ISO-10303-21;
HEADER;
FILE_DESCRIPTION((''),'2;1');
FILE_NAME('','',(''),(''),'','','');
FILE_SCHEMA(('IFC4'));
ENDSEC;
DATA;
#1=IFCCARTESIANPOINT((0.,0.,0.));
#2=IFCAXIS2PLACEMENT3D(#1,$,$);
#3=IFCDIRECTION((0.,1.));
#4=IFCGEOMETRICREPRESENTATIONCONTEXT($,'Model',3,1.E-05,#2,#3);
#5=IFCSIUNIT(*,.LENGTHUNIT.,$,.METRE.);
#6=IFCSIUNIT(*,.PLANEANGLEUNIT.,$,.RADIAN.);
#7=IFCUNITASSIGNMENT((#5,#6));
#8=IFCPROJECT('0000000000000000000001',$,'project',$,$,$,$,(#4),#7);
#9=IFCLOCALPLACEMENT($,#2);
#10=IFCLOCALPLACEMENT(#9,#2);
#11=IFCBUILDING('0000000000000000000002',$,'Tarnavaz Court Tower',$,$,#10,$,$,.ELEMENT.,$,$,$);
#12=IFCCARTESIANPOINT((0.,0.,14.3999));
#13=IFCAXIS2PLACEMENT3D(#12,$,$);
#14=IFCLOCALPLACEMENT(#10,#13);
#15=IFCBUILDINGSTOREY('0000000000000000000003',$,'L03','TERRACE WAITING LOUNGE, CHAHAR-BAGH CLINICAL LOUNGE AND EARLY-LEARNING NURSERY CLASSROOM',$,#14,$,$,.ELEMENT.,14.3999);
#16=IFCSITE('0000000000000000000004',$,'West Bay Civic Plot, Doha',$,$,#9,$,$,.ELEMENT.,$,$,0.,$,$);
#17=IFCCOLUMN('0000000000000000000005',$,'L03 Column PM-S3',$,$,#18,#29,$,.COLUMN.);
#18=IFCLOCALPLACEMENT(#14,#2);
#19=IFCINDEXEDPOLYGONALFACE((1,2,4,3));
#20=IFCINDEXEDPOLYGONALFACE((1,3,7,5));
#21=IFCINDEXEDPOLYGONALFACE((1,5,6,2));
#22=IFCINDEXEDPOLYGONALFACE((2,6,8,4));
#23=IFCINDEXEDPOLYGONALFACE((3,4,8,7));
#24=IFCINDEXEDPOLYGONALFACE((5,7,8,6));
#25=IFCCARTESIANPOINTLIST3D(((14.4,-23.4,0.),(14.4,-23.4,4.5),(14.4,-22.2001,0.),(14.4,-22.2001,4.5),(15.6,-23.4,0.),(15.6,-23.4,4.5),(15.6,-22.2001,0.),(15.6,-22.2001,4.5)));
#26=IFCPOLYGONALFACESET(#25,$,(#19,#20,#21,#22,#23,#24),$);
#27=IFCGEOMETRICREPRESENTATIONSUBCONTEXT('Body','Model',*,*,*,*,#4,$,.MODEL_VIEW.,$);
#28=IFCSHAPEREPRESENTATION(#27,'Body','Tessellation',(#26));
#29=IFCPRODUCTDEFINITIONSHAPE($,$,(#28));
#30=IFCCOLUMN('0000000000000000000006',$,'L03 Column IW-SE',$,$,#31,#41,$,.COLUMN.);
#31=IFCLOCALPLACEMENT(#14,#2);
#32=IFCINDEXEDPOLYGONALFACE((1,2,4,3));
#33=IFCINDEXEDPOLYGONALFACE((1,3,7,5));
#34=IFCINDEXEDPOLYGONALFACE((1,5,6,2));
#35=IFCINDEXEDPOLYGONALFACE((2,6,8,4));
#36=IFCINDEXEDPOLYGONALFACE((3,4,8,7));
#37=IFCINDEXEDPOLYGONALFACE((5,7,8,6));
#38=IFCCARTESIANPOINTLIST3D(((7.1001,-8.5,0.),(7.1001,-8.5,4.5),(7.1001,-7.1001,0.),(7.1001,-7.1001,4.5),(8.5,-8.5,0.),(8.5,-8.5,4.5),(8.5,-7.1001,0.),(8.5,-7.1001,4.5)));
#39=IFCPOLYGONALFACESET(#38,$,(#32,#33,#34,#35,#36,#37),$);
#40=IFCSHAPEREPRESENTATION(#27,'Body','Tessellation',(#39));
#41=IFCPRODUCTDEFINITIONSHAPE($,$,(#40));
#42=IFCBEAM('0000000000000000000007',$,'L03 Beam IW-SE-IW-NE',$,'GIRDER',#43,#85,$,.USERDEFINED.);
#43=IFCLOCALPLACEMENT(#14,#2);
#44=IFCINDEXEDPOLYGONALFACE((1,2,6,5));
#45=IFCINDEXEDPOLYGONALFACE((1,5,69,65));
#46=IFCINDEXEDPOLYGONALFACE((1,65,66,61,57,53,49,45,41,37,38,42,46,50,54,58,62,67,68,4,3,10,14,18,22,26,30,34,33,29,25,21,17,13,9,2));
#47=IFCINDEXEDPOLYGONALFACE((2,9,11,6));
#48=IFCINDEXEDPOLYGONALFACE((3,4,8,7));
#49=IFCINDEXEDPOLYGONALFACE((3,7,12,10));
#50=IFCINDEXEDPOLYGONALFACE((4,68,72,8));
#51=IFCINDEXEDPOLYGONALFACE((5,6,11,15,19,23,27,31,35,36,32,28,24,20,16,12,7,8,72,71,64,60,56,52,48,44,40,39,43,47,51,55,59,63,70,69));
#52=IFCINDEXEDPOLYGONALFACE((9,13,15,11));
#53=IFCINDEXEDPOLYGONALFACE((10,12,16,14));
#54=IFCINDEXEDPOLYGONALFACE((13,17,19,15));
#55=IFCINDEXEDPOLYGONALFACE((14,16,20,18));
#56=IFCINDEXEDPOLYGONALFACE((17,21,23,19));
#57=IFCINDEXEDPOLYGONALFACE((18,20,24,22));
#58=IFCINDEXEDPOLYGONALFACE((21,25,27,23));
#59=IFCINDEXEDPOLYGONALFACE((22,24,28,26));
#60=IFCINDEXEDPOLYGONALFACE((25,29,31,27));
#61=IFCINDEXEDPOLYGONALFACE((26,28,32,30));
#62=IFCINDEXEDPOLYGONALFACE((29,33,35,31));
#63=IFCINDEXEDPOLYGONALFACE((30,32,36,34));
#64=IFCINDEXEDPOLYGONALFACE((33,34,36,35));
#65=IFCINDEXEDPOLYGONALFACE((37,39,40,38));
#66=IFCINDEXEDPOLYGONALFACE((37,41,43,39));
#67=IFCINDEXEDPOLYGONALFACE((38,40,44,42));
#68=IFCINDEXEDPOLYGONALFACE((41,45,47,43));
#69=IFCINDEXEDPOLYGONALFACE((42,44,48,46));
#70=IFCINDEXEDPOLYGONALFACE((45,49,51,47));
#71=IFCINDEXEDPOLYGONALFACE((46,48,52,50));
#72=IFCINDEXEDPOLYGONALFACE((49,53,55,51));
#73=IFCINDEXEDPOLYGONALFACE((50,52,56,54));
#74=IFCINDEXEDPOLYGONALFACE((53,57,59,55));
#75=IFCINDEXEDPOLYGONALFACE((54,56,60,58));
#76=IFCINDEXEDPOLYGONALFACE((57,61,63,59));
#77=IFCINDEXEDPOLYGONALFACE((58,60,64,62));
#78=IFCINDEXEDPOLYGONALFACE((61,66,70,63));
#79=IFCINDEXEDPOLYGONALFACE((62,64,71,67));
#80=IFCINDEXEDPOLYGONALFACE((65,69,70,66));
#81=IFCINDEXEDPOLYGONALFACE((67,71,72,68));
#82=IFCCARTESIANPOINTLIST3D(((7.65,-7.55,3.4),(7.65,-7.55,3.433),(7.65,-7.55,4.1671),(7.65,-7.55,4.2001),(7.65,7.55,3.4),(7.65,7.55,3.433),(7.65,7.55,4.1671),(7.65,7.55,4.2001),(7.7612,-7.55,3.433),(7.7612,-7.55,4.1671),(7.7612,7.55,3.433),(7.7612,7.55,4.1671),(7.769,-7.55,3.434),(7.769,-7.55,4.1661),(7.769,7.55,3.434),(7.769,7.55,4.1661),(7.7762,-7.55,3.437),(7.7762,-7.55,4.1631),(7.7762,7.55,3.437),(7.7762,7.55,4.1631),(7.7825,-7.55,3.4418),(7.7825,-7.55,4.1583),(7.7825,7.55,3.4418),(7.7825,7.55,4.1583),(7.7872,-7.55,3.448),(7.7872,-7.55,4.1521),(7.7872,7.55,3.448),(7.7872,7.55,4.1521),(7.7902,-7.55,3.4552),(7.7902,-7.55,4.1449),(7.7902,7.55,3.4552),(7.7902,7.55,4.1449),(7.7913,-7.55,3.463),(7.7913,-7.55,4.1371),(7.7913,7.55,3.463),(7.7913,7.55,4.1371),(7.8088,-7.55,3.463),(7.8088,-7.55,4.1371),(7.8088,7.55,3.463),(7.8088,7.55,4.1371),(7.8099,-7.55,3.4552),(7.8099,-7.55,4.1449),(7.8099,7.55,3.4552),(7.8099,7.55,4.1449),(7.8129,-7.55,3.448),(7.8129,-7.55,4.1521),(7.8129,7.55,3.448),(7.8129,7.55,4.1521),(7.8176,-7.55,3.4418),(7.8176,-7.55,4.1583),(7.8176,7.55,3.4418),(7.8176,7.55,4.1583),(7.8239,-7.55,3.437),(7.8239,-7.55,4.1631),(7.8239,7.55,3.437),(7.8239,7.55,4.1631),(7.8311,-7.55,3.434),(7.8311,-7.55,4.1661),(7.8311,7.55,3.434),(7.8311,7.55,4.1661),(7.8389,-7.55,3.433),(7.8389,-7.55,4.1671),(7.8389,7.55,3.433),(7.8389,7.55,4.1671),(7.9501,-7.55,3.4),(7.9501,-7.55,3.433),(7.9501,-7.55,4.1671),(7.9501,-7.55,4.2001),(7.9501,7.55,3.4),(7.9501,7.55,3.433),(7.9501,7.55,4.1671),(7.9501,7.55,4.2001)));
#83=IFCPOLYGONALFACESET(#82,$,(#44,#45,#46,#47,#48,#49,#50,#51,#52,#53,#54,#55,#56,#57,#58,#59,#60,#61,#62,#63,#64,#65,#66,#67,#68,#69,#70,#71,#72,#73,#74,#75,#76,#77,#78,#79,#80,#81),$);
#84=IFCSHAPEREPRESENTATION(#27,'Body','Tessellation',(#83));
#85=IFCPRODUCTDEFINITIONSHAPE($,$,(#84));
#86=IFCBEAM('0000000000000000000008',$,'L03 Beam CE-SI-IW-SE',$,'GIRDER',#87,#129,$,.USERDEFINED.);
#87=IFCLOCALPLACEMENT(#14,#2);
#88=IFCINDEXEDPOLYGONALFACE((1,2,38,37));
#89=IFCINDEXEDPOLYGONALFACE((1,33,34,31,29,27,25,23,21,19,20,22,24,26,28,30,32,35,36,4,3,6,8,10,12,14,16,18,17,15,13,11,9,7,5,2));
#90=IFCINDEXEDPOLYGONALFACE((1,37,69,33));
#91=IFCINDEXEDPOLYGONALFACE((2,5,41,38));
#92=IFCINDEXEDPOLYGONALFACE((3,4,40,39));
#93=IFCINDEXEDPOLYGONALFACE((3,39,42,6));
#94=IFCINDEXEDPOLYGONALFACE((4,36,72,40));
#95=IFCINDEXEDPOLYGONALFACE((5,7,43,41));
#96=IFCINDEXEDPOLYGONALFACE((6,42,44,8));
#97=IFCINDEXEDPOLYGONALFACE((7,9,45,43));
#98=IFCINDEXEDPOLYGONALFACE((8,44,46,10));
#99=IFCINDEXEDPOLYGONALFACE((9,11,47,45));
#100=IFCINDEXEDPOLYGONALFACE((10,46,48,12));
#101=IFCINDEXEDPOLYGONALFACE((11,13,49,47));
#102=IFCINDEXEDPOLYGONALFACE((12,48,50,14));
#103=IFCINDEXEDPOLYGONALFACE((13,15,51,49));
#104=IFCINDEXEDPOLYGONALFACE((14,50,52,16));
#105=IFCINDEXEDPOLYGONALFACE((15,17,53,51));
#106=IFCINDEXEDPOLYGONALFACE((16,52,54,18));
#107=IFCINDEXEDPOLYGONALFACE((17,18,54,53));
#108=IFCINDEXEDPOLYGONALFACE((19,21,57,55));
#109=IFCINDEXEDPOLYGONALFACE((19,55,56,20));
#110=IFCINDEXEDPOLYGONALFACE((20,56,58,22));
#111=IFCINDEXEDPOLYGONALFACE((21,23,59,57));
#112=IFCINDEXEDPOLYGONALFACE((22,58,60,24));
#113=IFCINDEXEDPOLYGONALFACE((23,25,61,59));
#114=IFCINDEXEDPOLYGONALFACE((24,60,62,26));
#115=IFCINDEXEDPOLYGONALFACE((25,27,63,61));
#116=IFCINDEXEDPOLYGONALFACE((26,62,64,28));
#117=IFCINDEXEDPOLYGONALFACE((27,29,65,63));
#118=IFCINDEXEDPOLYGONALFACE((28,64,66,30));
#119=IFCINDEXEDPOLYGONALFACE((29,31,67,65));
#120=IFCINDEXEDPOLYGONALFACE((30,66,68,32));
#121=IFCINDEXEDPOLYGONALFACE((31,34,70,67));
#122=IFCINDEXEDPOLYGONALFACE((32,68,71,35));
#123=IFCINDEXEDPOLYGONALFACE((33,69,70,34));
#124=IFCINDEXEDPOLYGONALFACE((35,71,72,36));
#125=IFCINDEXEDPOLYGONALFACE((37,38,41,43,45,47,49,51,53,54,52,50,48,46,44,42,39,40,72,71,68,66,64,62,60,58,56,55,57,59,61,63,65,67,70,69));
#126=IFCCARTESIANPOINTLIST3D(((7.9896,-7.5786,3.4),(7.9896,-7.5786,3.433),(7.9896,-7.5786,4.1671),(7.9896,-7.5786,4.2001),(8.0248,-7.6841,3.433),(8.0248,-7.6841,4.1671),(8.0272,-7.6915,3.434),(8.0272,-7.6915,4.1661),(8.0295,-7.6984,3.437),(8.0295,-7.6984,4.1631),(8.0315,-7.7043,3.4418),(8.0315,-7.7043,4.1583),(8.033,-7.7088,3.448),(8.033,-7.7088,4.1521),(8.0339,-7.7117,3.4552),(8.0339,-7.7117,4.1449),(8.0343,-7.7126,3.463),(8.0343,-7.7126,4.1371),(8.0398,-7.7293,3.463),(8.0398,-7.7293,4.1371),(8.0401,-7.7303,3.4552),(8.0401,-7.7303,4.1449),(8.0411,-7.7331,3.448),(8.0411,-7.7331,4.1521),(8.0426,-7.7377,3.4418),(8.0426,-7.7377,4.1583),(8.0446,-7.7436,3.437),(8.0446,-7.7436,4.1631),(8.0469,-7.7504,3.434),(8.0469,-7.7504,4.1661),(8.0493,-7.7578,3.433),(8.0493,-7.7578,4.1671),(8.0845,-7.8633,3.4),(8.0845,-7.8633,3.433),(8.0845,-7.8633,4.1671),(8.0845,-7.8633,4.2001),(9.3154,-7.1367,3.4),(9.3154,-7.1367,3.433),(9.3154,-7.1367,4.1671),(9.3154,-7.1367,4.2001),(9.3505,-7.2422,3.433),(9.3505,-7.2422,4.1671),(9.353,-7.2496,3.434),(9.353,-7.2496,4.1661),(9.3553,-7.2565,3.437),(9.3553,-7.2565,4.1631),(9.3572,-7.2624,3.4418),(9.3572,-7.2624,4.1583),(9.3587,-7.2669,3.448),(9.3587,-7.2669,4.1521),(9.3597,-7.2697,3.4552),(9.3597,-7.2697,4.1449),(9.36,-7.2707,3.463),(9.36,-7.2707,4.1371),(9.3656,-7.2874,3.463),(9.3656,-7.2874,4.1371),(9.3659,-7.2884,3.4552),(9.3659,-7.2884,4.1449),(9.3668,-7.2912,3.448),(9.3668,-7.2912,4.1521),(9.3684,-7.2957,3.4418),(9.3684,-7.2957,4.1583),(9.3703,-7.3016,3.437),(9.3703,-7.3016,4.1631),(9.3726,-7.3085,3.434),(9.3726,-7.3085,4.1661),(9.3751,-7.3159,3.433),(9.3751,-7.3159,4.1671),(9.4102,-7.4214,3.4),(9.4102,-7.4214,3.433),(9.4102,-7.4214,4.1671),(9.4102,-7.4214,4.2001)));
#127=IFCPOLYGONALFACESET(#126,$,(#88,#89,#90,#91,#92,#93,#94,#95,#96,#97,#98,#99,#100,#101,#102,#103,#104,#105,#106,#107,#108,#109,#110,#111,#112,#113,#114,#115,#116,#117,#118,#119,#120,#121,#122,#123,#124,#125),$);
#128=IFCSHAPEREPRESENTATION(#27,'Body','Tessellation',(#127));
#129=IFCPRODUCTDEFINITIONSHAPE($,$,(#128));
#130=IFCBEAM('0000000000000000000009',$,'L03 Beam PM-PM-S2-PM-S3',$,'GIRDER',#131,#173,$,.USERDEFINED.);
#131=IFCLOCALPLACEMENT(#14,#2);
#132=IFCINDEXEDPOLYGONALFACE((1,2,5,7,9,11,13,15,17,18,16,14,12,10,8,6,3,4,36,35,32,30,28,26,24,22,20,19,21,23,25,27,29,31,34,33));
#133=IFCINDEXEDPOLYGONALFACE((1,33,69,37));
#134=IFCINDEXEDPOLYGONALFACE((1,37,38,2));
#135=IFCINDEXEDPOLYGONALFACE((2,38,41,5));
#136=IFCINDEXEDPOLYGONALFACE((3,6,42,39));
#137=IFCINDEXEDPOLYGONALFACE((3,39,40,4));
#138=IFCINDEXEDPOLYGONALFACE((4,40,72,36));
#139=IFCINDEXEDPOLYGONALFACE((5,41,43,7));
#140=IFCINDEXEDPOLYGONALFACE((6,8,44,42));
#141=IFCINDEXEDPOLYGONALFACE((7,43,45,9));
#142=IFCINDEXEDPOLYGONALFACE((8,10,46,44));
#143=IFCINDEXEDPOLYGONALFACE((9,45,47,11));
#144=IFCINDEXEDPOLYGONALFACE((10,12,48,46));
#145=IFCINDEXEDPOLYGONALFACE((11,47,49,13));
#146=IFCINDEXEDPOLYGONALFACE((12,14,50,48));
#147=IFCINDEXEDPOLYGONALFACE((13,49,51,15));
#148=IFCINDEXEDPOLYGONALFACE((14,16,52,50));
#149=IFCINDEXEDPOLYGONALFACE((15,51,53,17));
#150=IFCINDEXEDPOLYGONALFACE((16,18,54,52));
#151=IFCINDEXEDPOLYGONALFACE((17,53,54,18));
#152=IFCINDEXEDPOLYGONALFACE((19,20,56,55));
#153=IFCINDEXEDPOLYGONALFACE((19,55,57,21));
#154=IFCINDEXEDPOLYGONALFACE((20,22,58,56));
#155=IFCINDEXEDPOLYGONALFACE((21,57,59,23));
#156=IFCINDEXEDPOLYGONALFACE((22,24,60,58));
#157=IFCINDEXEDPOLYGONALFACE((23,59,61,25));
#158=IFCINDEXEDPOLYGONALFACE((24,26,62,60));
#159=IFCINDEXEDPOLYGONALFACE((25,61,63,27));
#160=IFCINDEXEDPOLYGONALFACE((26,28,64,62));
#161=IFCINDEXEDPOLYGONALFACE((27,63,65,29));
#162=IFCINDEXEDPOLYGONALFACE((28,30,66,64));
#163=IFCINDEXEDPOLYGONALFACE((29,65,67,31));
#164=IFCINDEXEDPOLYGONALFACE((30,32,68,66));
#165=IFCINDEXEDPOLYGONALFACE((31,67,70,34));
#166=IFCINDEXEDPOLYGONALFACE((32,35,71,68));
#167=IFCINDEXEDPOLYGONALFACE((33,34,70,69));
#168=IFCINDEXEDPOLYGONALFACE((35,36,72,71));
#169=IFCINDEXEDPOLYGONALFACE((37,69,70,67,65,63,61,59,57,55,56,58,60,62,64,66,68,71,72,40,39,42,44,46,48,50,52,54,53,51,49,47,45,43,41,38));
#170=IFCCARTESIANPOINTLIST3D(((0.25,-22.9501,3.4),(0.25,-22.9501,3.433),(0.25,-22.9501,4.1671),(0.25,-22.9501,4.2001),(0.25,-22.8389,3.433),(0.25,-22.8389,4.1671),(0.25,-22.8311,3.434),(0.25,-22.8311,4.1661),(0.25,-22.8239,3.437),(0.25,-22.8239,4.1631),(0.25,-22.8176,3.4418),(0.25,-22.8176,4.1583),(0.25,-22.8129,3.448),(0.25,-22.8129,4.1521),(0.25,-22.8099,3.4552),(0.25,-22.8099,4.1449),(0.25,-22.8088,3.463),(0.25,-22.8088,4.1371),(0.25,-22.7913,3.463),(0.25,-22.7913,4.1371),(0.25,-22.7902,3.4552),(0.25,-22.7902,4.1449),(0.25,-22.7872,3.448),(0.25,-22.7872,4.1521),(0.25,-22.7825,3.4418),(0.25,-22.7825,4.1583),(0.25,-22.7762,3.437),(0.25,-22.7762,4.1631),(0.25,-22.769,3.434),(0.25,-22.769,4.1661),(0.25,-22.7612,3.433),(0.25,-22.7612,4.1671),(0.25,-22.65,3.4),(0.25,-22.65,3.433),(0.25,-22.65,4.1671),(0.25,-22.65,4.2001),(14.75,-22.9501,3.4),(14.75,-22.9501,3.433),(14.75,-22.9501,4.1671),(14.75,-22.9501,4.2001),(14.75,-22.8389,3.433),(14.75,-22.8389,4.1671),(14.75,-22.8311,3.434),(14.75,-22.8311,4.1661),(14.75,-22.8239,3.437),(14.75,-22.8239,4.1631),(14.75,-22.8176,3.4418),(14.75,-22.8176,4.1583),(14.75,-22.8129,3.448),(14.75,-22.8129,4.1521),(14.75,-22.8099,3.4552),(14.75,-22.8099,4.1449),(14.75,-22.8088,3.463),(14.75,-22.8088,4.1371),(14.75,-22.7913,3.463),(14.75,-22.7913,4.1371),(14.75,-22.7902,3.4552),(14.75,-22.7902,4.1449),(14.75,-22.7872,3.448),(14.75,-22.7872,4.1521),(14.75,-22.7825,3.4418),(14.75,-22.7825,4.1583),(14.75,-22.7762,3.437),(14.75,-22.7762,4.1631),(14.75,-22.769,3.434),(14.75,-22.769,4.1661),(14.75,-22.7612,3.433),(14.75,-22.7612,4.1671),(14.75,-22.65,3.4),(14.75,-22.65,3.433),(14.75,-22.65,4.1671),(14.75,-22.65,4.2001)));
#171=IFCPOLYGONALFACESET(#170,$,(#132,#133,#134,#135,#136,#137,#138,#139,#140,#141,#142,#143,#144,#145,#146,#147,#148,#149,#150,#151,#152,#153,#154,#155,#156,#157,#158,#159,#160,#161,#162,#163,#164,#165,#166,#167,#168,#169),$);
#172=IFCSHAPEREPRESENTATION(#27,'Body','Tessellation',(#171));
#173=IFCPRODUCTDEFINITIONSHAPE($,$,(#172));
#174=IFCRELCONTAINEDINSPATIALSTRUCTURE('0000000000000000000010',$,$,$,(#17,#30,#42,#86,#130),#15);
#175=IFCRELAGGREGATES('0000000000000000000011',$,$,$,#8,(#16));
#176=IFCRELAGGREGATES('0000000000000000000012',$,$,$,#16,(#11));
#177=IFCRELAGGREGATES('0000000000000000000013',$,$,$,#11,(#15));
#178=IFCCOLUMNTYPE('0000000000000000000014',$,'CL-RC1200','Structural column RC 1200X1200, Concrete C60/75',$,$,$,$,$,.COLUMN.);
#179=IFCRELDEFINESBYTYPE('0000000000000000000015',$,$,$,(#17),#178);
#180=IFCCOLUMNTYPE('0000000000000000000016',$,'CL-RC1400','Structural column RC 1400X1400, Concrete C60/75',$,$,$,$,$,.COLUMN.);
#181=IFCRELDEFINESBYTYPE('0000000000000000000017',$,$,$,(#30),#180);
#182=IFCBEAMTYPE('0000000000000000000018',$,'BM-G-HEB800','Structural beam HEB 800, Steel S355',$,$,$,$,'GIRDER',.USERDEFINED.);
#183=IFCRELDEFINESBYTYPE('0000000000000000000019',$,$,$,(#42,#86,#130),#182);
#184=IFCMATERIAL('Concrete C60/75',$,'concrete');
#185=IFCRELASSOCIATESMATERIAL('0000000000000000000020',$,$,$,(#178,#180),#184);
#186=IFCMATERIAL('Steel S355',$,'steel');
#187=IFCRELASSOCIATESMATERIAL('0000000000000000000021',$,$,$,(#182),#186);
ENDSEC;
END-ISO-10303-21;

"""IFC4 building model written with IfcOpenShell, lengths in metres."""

from ifc_helpers import new_model, si_unit, direction, frame, origin, origin_2d, place, context, subcontext, project, spatial, rectangle, i_section, extrude, material, material_profile, profile_set, type_object, element, save


model = new_model("IFC4")

# Units and contexts
model_context = context("Model", 3, precision=1e-05, world=origin(), true_north=direction((0.0, 1.0)))
body_context = subcontext(model_context, "Body", "Model", "MODEL_VIEW")
ifc_project = project(units=[si_unit("LENGTHUNIT", "METRE"), si_unit("PLANEANGLEUNIT", "RADIAN")], contexts=[model_context])

# Site, building, storey
site_placement = place(None, origin())
site = spatial("IfcSite", under=ifc_project, at=site_placement, Name="West Bay Civic Plot, Doha", CompositionType="ELEMENT", RefElevation=0.0)
building_placement = place(site_placement, origin())
building = spatial("IfcBuilding", under=site, at=building_placement, Name="Tarnavaz Court Tower", CompositionType="ELEMENT")
storey_placement = place(building_placement, frame((0.0, 0.0, 14.3999)))
storey = spatial("IfcBuildingStorey", under=building, at=storey_placement, Name="L03", Description="TERRACE WAITING LOUNGE, CHAHAR-BAGH CLINICAL LOUNGE AND EARLY-LEARNING NURSERY CLASSROOM", CompositionType="ELEMENT", Elevation=14.3999)

# Columns
ifc_material_1 = material(Name="Concrete C60/75", Category="concrete")
ifc_material_profile_1 = material_profile(ifc_material_1, rectangle(XDim=1.2, YDim=1.2, at=origin_2d()), Name="RC 1200X1200")
ifc_profile_set_1 = profile_set([ifc_material_profile_1], Name="Concrete C60/75")
column_type_1 = type_object("IfcColumnType", Name="CL-RC1200", Description="Structural column RC 1200X1200, Concrete C60/75", PredefinedType="COLUMN", material=ifc_profile_set_1)
column_1_placement = place(storey_placement, frame((15.0, -22.8, 0.0), z_axis=(0.0, 0.0, 1.0), x_axis=(1.0, 0.0, 0.0)))
element("IfcColumn", 1, at=column_1_placement, inside=storey, type_object=column_type_1, Name="L03 Column PM-S3", PredefinedType="COLUMN", context=body_context, shape_type="SweptSolid", body=[
    extrude(rectangle(XDim=1.2, YDim=1.2, at=origin_2d()), origin(), (0.0, 0.0, 1.0), 4.5),
])
ifc_material_profile_2 = material_profile(ifc_material_1, rectangle(XDim=1.3999, YDim=1.3999, at=origin_2d()), Name="RC 1400X1400")
ifc_profile_set_2 = profile_set([ifc_material_profile_2], Name="Concrete C60/75")
column_type_2 = type_object("IfcColumnType", Name="CL-RC1400", Description="Structural column RC 1400X1400, Concrete C60/75", PredefinedType="COLUMN", material=ifc_profile_set_2)
column_2_placement = place(storey_placement, frame((7.8, -7.8, 0.0), z_axis=(0.0, 0.0, 1.0), x_axis=(1.0, 0.0, 0.0)))
element("IfcColumn", 2, at=column_2_placement, inside=storey, type_object=column_type_2, Name="L03 Column IW-SE", PredefinedType="COLUMN", context=body_context, shape_type="SweptSolid", body=[
    extrude(rectangle(XDim=1.3999, YDim=1.3999, at=origin_2d()), origin(), (0.0, 0.0, 1.0), 4.5),
])

# Beams
ifc_material_2 = material(Name="Steel S355", Category="steel")
ifc_material_profile_3 = material_profile(ifc_material_2, i_section(OverallWidth=0.3, OverallDepth=0.8, WebThickness=0.0176, FlangeThickness=0.033, FilletRadius=0.03, at=origin_2d()), Name="HEB 800")
ifc_profile_set_3 = profile_set([ifc_material_profile_3], Name="Steel S355")
beam_type_1 = type_object("IfcBeamType", Name="BM-G-HEB800", Description="Structural beam HEB 800, Steel S355", ElementType="GIRDER", PredefinedType="USERDEFINED", material=ifc_profile_set_3)
beam_1_placement = place(storey_placement, frame((7.8, -7.55, 3.8), z_axis=(0.0, 1.0, 0.0), x_axis=(-1.0, 0.0, 0.0)))
element("IfcBeam", 3, at=beam_1_placement, inside=storey, type_object=beam_type_1, Name="L03 Beam IW-SE-IW-NE", ObjectType="GIRDER", PredefinedType="USERDEFINED", context=body_context, shape_type="SweptSolid", body=[
    extrude(i_section(OverallWidth=0.3, OverallDepth=0.8, WebThickness=0.0176, FlangeThickness=0.033, FilletRadius=0.03, at=origin_2d()), origin(), (0.0, 0.0, 1.0), 15.1001),
])
beam_2_placement = place(storey_placement, frame((9.3628, -7.2791, 3.8), z_axis=(-0.948683, -0.316228, 0.0), x_axis=(0.316228, -0.948683, 0.0)))
element("IfcBeam", 4, at=beam_2_placement, inside=storey, type_object=beam_type_1, Name="L03 Beam CE-SI-IW-SE", ObjectType="GIRDER", PredefinedType="USERDEFINED", context=body_context, shape_type="SweptSolid", body=[
    extrude(i_section(OverallWidth=0.3, OverallDepth=0.8, WebThickness=0.0176, FlangeThickness=0.033, FilletRadius=0.03, at=origin_2d()), origin(), (0.0, 0.0, 1.0), 1.3975),
])
beam_3_placement = place(storey_placement, frame((0.25, -22.8, 3.8), z_axis=(1.0, 0.0, 0.0), x_axis=(0.0, 1.0, 0.0)))
element("IfcBeam", 5, at=beam_3_placement, inside=storey, type_object=beam_type_1, Name="L03 Beam PM-PM-S2-PM-S3", ObjectType="GIRDER", PredefinedType="USERDEFINED", context=body_context, shape_type="SweptSolid", body=[
    extrude(i_section(OverallWidth=0.3, OverallDepth=0.8, WebThickness=0.0176, FlangeThickness=0.033, FilletRadius=0.03, at=origin_2d()), origin(), (0.0, 0.0, 1.0), 14.5),
])

save(model, "model.ifc")
